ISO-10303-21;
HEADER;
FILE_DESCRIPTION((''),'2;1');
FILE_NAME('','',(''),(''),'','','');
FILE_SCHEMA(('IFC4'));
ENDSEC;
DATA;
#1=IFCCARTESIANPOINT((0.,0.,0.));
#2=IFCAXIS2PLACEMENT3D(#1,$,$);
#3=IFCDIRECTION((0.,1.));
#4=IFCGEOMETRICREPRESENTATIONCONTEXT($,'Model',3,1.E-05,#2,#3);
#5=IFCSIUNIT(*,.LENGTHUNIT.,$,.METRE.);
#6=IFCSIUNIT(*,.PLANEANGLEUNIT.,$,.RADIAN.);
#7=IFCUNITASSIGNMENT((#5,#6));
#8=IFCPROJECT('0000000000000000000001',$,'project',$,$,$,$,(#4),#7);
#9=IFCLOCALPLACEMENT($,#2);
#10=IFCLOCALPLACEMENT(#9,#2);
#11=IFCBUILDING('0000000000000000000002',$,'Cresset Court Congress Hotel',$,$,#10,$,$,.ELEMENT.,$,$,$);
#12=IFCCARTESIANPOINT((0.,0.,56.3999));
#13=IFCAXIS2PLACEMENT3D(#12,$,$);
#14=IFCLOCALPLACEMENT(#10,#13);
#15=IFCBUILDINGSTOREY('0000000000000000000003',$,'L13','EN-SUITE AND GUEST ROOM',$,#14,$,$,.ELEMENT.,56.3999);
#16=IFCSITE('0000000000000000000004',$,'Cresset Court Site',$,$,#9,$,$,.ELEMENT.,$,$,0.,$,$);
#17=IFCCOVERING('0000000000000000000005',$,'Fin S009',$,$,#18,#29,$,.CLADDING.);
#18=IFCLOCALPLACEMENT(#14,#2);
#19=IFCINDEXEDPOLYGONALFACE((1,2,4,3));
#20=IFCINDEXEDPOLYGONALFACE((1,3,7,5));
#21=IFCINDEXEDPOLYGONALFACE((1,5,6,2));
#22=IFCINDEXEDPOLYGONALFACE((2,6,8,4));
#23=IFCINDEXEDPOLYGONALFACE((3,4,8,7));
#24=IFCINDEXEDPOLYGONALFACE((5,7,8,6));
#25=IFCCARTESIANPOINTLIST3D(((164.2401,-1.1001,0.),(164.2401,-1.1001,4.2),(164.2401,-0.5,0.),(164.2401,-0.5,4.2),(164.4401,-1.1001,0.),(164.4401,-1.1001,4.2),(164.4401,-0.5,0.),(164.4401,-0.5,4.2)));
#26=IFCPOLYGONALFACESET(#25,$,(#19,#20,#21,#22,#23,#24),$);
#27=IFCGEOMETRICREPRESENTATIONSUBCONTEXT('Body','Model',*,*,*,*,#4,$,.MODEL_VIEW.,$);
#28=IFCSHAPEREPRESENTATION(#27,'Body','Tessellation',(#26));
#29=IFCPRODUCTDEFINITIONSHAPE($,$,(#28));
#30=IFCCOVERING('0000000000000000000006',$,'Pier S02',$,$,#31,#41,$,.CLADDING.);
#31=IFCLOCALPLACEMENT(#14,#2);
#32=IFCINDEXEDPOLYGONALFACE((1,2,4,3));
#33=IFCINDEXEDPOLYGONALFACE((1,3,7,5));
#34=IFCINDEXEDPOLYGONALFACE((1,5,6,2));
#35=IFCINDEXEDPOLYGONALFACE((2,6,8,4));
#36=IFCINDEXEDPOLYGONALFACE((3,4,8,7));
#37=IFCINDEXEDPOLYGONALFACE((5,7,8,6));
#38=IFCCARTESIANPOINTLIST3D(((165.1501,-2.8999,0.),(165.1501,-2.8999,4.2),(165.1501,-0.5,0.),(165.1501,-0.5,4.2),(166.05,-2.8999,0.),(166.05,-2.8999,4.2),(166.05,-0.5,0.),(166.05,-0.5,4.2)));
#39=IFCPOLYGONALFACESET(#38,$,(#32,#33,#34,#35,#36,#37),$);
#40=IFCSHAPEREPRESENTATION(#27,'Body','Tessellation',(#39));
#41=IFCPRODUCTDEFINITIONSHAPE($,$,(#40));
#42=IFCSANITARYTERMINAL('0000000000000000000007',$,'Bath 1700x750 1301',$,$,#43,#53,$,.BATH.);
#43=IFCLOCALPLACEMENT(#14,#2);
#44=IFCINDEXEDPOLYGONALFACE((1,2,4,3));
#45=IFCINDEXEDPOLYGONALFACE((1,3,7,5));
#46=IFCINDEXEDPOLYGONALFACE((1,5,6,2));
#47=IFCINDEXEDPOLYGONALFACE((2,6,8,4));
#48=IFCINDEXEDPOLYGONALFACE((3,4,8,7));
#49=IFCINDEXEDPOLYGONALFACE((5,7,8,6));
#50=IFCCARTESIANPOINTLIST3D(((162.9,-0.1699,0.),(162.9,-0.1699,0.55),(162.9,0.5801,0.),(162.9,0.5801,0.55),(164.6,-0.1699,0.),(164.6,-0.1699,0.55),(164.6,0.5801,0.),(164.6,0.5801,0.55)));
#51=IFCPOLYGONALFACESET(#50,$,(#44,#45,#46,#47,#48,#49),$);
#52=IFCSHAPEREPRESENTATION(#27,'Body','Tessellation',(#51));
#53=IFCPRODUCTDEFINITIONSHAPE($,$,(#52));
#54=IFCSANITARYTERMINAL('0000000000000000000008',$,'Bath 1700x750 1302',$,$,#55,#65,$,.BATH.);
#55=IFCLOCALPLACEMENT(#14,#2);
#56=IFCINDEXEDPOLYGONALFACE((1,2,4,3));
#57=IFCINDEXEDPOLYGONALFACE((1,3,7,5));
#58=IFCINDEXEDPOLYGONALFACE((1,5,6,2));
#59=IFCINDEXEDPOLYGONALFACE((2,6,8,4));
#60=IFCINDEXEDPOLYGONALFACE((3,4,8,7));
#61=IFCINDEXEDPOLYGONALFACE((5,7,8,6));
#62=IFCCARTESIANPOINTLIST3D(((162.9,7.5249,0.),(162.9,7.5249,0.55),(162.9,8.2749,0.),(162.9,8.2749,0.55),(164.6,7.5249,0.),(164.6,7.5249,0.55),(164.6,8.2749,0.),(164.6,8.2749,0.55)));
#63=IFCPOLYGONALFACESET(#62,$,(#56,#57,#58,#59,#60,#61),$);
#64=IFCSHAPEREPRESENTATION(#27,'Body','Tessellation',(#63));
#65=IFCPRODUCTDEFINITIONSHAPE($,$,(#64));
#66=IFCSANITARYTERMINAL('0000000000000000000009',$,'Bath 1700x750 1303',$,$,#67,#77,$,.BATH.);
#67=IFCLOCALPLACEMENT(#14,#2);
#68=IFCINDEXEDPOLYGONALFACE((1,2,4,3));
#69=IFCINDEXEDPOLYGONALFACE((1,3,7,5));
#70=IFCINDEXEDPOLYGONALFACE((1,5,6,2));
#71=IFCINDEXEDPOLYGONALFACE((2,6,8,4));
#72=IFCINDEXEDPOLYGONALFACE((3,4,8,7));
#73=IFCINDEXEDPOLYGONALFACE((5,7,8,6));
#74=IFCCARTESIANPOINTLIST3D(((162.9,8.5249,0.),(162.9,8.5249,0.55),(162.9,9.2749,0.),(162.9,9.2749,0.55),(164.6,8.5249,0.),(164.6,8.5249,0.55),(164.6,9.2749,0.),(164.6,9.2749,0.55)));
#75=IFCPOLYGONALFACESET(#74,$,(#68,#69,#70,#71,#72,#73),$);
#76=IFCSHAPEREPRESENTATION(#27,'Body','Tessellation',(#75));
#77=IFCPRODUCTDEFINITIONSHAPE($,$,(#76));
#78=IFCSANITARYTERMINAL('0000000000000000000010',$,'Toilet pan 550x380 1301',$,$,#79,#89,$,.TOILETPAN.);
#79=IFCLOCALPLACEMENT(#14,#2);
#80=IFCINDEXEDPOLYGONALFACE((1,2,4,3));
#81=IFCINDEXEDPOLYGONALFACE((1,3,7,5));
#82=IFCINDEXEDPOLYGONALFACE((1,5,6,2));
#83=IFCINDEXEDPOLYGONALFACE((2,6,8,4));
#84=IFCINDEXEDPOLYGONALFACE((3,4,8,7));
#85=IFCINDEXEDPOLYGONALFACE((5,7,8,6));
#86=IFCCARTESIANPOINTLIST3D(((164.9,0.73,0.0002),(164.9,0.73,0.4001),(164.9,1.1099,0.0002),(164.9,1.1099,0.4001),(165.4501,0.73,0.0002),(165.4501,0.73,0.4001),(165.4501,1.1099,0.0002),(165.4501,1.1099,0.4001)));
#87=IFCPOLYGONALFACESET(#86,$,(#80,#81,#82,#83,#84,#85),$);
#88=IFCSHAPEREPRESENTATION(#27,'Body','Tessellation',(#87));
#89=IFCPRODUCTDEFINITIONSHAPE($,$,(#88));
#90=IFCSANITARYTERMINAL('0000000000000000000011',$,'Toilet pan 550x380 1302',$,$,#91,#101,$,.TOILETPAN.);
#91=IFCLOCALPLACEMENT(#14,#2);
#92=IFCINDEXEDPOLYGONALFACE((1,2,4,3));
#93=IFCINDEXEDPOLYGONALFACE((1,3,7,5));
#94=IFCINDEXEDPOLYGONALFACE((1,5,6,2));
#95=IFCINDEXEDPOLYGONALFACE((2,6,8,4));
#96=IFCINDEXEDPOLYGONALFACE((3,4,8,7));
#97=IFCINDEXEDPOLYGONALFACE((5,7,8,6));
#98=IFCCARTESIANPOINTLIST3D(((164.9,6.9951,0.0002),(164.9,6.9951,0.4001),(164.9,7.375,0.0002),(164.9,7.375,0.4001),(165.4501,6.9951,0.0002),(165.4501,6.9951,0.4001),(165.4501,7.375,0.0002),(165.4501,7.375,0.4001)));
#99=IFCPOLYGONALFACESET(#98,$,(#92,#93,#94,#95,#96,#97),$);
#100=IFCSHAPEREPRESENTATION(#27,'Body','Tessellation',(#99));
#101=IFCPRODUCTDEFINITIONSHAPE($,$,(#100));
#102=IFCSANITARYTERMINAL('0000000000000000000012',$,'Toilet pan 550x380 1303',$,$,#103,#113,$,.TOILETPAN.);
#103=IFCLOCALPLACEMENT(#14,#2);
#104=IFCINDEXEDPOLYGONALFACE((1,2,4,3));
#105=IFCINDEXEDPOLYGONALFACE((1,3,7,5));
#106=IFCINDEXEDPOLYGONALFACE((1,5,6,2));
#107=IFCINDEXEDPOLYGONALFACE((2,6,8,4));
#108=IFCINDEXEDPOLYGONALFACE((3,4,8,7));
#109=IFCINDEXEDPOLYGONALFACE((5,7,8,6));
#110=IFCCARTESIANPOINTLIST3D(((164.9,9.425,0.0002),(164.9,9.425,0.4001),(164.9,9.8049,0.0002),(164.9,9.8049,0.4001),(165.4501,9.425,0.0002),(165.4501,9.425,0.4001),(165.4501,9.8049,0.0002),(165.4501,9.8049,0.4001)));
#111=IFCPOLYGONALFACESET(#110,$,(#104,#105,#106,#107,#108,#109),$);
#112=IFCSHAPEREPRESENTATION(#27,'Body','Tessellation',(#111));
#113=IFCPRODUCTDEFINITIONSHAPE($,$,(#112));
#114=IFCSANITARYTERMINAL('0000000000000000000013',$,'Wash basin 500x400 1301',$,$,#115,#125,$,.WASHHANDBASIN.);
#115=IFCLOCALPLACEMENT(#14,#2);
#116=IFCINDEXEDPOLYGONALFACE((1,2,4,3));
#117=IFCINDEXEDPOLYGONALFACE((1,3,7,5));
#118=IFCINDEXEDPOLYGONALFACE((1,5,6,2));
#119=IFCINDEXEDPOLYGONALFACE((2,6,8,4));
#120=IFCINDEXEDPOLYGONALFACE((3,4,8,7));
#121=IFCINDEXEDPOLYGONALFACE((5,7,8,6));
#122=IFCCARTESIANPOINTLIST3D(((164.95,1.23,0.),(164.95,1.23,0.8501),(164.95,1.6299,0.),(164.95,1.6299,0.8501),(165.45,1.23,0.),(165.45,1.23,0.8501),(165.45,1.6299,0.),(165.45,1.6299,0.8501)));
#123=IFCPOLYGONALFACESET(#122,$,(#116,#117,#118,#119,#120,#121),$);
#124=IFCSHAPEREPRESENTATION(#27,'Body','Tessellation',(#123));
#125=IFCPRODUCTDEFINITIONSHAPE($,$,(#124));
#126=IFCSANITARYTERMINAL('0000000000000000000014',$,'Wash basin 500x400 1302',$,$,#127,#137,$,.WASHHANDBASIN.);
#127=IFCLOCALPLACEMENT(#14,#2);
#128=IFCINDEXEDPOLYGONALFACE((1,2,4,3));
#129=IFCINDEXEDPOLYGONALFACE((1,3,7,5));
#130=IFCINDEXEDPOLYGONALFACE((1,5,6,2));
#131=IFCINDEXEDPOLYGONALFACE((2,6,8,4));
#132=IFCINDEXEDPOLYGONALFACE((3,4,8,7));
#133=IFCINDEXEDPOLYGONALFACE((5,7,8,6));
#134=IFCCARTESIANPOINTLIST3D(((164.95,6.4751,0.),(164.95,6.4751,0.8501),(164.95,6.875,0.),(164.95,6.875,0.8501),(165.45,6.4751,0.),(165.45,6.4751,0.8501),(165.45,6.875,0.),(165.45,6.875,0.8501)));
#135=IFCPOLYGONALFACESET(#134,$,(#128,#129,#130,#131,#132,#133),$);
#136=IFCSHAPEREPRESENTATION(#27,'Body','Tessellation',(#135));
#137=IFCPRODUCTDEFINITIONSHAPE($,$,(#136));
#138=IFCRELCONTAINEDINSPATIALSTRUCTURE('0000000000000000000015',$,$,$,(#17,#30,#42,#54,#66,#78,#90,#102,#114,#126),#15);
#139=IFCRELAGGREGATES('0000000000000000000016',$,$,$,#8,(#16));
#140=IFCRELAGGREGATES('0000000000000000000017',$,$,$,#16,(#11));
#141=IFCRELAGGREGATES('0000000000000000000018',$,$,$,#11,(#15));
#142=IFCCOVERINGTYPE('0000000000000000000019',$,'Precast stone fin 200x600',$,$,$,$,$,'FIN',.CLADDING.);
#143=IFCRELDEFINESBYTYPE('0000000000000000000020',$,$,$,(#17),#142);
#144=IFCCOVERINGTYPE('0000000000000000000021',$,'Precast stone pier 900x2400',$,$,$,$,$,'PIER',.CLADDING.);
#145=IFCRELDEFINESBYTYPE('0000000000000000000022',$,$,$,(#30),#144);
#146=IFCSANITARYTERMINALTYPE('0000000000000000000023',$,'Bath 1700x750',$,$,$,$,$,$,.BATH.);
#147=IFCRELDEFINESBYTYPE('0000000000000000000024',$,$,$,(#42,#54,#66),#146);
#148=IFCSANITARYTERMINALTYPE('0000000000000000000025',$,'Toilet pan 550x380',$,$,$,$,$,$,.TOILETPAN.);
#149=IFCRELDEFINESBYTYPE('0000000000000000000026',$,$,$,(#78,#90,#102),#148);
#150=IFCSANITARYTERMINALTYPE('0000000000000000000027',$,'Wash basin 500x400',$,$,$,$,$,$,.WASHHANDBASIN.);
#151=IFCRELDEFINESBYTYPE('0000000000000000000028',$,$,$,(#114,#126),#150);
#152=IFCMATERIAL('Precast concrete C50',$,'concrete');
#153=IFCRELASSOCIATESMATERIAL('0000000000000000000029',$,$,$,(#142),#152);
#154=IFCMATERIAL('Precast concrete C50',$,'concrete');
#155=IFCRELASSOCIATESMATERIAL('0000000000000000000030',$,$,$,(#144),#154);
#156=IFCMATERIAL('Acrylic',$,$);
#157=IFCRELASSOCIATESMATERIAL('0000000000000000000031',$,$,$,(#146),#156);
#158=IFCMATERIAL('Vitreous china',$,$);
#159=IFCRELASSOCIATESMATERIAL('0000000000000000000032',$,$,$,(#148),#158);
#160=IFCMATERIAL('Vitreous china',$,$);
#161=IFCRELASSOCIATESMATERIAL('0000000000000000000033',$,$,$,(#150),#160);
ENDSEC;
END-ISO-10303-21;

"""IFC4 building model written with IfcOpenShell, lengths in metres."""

from ifc_helpers import new_model, si_unit, direction, frame, origin, origin_2d, place, context, subcontext, project, spatial, rectangle, extrude, material, type_object, element, save


model = new_model("IFC4")

# Units and contexts
model_context = context("Model", 3, precision=1e-05, world=origin(), true_north=direction((0.0, 1.0)))
body_context = subcontext(model_context, "Body", "Model", "MODEL_VIEW")
ifc_project = project(units=[si_unit("LENGTHUNIT", "METRE"), si_unit("PLANEANGLEUNIT", "RADIAN")], contexts=[model_context])

# Site, building, storey
site_placement = place(None, origin())
site = spatial("IfcSite", under=ifc_project, at=site_placement, Name="Cresset Court Site", CompositionType="ELEMENT", RefElevation=0.0)
building_placement = place(site_placement, origin())
building = spatial("IfcBuilding", under=site, at=building_placement, Name="Cresset Court Congress Hotel", CompositionType="ELEMENT")
storey_placement = place(building_placement, frame((0.0, 0.0, 56.3999)))
storey = spatial("IfcBuildingStorey", under=building, at=storey_placement, Name="L13", Description="EN-SUITE AND GUEST ROOM", CompositionType="ELEMENT", Elevation=56.3999)

# Coverings
ifc_material_1 = material(Name="Precast concrete C50", Category="concrete")
covering_type_1 = type_object("IfcCoveringType", Name="Precast stone fin 200x600", ElementType="FIN", PredefinedType="CLADDING", material=ifc_material_1)
for number, where, z_axis, x_axis, name in (
    (1, (164.3401, -0.8, 0.0), (0.0, 0.0, 1.0), (1.0, 0.0, 0.0), "Fin S009"),
):
    element("IfcCovering", number, at=place(storey_placement, frame(where, z_axis=z_axis, x_axis=x_axis)), inside=storey, type_object=covering_type_1, Name=name, PredefinedType="CLADDING", context=body_context, shape_type="SweptSolid", body=[
        extrude(rectangle(XDim=0.2, YDim=0.6001, at=origin_2d()), origin(), (0.0, 0.0, 1.0), 4.2),
    ])
ifc_material_2 = material(Name="Precast concrete C50", Category="concrete")
covering_type_2 = type_object("IfcCoveringType", Name="Precast stone pier 900x2400", ElementType="PIER", PredefinedType="CLADDING", material=ifc_material_2)
covering_placement = place(storey_placement, frame((165.6001, -1.7, 0.0), z_axis=(0.0, 0.0, 1.0), x_axis=(1.0, 0.0, 0.0)))
element("IfcCovering", 2, at=covering_placement, inside=storey, type_object=covering_type_2, Name="Pier S02", PredefinedType="CLADDING", context=body_context, shape_type="SweptSolid", body=[
    extrude(rectangle(XDim=0.8999, YDim=2.3999, at=origin_2d()), origin(), (0.0, 0.0, 1.0), 4.2),
])

# Sanitary terminals
ifc_material_3 = material(Name="Acrylic")
sanitary_terminal_type_1 = type_object("IfcSanitaryTerminalType", Name="Bath 1700x750", PredefinedType="BATH", material=ifc_material_3)
for number, where, z_axis, x_axis, name in (
    (3, (163.75, 0.2051, 0.0), (0.0, 0.0, 1.0), (1.0, 0.0, 0.0), "Bath 1700x750 1301"),
    (4, (163.75, 7.8999, 0.0), (0.0, 0.0, 1.0), (1.0, 0.0, 0.0), "Bath 1700x750 1302"),
    (5, (163.75, 8.8999, 0.0), (0.0, 0.0, 1.0), (1.0, 0.0, 0.0), "Bath 1700x750 1303"),
):
    element("IfcSanitaryTerminal", number, at=place(storey_placement, frame(where, z_axis=z_axis, x_axis=x_axis)), inside=storey, type_object=sanitary_terminal_type_1, Name=name, PredefinedType="BATH", context=body_context, shape_type="SweptSolid", body=[
        extrude(rectangle(XDim=1.7, YDim=0.75, at=origin_2d()), origin(), (0.0, 0.0, 1.0), 0.55),
    ])
ifc_material_4 = material(Name="Vitreous china")
sanitary_terminal_type_2 = type_object("IfcSanitaryTerminalType", Name="Toilet pan 550x380", PredefinedType="TOILETPAN", material=ifc_material_4)
for number, where, z_axis, x_axis, name in (
    (6, (165.175, 0.9199, 0.0002), (0.0, 0.0, 1.0), (1.0, 0.0, 0.0), "Toilet pan 550x380 1301"),
    (7, (165.175, 7.1851, 0.0002), (0.0, 0.0, 1.0), (1.0, 0.0, 0.0), "Toilet pan 550x380 1302"),
    (8, (165.175, 9.615, 0.0002), (0.0, 0.0, 1.0), (1.0, 0.0, 0.0), "Toilet pan 550x380 1303"),
):
    element("IfcSanitaryTerminal", number, at=place(storey_placement, frame(where, z_axis=z_axis, x_axis=x_axis)), inside=storey, type_object=sanitary_terminal_type_2, Name=name, PredefinedType="TOILETPAN", context=body_context, shape_type="SweptSolid", body=[
        extrude(rectangle(XDim=0.55, YDim=0.3799, at=origin_2d()), origin(), (0.0, 0.0, 1.0), 0.3999),
    ])
ifc_material_5 = material(Name="Vitreous china")
sanitary_terminal_type_3 = type_object("IfcSanitaryTerminalType", Name="Wash basin 500x400", PredefinedType="WASHHANDBASIN", material=ifc_material_5)
for number, where, z_axis, x_axis, name in (
    (9, (165.2, 1.4299, 0.0), (0.0, 0.0, 1.0), (1.0, 0.0, 0.0), "Wash basin 500x400 1301"),
    (10, (165.2, 6.675, 0.0), (0.0, 0.0, 1.0), (1.0, 0.0, 0.0), "Wash basin 500x400 1302"),
):
    element("IfcSanitaryTerminal", number, at=place(storey_placement, frame(where, z_axis=z_axis, x_axis=x_axis)), inside=storey, type_object=sanitary_terminal_type_3, Name=name, PredefinedType="WASHHANDBASIN", context=body_context, shape_type="SweptSolid", body=[
        extrude(rectangle(XDim=0.5, YDim=0.3999, at=origin_2d()), origin(), (0.0, 0.0, 1.0), 0.8501),
    ])

save(model, "model.ifc")
